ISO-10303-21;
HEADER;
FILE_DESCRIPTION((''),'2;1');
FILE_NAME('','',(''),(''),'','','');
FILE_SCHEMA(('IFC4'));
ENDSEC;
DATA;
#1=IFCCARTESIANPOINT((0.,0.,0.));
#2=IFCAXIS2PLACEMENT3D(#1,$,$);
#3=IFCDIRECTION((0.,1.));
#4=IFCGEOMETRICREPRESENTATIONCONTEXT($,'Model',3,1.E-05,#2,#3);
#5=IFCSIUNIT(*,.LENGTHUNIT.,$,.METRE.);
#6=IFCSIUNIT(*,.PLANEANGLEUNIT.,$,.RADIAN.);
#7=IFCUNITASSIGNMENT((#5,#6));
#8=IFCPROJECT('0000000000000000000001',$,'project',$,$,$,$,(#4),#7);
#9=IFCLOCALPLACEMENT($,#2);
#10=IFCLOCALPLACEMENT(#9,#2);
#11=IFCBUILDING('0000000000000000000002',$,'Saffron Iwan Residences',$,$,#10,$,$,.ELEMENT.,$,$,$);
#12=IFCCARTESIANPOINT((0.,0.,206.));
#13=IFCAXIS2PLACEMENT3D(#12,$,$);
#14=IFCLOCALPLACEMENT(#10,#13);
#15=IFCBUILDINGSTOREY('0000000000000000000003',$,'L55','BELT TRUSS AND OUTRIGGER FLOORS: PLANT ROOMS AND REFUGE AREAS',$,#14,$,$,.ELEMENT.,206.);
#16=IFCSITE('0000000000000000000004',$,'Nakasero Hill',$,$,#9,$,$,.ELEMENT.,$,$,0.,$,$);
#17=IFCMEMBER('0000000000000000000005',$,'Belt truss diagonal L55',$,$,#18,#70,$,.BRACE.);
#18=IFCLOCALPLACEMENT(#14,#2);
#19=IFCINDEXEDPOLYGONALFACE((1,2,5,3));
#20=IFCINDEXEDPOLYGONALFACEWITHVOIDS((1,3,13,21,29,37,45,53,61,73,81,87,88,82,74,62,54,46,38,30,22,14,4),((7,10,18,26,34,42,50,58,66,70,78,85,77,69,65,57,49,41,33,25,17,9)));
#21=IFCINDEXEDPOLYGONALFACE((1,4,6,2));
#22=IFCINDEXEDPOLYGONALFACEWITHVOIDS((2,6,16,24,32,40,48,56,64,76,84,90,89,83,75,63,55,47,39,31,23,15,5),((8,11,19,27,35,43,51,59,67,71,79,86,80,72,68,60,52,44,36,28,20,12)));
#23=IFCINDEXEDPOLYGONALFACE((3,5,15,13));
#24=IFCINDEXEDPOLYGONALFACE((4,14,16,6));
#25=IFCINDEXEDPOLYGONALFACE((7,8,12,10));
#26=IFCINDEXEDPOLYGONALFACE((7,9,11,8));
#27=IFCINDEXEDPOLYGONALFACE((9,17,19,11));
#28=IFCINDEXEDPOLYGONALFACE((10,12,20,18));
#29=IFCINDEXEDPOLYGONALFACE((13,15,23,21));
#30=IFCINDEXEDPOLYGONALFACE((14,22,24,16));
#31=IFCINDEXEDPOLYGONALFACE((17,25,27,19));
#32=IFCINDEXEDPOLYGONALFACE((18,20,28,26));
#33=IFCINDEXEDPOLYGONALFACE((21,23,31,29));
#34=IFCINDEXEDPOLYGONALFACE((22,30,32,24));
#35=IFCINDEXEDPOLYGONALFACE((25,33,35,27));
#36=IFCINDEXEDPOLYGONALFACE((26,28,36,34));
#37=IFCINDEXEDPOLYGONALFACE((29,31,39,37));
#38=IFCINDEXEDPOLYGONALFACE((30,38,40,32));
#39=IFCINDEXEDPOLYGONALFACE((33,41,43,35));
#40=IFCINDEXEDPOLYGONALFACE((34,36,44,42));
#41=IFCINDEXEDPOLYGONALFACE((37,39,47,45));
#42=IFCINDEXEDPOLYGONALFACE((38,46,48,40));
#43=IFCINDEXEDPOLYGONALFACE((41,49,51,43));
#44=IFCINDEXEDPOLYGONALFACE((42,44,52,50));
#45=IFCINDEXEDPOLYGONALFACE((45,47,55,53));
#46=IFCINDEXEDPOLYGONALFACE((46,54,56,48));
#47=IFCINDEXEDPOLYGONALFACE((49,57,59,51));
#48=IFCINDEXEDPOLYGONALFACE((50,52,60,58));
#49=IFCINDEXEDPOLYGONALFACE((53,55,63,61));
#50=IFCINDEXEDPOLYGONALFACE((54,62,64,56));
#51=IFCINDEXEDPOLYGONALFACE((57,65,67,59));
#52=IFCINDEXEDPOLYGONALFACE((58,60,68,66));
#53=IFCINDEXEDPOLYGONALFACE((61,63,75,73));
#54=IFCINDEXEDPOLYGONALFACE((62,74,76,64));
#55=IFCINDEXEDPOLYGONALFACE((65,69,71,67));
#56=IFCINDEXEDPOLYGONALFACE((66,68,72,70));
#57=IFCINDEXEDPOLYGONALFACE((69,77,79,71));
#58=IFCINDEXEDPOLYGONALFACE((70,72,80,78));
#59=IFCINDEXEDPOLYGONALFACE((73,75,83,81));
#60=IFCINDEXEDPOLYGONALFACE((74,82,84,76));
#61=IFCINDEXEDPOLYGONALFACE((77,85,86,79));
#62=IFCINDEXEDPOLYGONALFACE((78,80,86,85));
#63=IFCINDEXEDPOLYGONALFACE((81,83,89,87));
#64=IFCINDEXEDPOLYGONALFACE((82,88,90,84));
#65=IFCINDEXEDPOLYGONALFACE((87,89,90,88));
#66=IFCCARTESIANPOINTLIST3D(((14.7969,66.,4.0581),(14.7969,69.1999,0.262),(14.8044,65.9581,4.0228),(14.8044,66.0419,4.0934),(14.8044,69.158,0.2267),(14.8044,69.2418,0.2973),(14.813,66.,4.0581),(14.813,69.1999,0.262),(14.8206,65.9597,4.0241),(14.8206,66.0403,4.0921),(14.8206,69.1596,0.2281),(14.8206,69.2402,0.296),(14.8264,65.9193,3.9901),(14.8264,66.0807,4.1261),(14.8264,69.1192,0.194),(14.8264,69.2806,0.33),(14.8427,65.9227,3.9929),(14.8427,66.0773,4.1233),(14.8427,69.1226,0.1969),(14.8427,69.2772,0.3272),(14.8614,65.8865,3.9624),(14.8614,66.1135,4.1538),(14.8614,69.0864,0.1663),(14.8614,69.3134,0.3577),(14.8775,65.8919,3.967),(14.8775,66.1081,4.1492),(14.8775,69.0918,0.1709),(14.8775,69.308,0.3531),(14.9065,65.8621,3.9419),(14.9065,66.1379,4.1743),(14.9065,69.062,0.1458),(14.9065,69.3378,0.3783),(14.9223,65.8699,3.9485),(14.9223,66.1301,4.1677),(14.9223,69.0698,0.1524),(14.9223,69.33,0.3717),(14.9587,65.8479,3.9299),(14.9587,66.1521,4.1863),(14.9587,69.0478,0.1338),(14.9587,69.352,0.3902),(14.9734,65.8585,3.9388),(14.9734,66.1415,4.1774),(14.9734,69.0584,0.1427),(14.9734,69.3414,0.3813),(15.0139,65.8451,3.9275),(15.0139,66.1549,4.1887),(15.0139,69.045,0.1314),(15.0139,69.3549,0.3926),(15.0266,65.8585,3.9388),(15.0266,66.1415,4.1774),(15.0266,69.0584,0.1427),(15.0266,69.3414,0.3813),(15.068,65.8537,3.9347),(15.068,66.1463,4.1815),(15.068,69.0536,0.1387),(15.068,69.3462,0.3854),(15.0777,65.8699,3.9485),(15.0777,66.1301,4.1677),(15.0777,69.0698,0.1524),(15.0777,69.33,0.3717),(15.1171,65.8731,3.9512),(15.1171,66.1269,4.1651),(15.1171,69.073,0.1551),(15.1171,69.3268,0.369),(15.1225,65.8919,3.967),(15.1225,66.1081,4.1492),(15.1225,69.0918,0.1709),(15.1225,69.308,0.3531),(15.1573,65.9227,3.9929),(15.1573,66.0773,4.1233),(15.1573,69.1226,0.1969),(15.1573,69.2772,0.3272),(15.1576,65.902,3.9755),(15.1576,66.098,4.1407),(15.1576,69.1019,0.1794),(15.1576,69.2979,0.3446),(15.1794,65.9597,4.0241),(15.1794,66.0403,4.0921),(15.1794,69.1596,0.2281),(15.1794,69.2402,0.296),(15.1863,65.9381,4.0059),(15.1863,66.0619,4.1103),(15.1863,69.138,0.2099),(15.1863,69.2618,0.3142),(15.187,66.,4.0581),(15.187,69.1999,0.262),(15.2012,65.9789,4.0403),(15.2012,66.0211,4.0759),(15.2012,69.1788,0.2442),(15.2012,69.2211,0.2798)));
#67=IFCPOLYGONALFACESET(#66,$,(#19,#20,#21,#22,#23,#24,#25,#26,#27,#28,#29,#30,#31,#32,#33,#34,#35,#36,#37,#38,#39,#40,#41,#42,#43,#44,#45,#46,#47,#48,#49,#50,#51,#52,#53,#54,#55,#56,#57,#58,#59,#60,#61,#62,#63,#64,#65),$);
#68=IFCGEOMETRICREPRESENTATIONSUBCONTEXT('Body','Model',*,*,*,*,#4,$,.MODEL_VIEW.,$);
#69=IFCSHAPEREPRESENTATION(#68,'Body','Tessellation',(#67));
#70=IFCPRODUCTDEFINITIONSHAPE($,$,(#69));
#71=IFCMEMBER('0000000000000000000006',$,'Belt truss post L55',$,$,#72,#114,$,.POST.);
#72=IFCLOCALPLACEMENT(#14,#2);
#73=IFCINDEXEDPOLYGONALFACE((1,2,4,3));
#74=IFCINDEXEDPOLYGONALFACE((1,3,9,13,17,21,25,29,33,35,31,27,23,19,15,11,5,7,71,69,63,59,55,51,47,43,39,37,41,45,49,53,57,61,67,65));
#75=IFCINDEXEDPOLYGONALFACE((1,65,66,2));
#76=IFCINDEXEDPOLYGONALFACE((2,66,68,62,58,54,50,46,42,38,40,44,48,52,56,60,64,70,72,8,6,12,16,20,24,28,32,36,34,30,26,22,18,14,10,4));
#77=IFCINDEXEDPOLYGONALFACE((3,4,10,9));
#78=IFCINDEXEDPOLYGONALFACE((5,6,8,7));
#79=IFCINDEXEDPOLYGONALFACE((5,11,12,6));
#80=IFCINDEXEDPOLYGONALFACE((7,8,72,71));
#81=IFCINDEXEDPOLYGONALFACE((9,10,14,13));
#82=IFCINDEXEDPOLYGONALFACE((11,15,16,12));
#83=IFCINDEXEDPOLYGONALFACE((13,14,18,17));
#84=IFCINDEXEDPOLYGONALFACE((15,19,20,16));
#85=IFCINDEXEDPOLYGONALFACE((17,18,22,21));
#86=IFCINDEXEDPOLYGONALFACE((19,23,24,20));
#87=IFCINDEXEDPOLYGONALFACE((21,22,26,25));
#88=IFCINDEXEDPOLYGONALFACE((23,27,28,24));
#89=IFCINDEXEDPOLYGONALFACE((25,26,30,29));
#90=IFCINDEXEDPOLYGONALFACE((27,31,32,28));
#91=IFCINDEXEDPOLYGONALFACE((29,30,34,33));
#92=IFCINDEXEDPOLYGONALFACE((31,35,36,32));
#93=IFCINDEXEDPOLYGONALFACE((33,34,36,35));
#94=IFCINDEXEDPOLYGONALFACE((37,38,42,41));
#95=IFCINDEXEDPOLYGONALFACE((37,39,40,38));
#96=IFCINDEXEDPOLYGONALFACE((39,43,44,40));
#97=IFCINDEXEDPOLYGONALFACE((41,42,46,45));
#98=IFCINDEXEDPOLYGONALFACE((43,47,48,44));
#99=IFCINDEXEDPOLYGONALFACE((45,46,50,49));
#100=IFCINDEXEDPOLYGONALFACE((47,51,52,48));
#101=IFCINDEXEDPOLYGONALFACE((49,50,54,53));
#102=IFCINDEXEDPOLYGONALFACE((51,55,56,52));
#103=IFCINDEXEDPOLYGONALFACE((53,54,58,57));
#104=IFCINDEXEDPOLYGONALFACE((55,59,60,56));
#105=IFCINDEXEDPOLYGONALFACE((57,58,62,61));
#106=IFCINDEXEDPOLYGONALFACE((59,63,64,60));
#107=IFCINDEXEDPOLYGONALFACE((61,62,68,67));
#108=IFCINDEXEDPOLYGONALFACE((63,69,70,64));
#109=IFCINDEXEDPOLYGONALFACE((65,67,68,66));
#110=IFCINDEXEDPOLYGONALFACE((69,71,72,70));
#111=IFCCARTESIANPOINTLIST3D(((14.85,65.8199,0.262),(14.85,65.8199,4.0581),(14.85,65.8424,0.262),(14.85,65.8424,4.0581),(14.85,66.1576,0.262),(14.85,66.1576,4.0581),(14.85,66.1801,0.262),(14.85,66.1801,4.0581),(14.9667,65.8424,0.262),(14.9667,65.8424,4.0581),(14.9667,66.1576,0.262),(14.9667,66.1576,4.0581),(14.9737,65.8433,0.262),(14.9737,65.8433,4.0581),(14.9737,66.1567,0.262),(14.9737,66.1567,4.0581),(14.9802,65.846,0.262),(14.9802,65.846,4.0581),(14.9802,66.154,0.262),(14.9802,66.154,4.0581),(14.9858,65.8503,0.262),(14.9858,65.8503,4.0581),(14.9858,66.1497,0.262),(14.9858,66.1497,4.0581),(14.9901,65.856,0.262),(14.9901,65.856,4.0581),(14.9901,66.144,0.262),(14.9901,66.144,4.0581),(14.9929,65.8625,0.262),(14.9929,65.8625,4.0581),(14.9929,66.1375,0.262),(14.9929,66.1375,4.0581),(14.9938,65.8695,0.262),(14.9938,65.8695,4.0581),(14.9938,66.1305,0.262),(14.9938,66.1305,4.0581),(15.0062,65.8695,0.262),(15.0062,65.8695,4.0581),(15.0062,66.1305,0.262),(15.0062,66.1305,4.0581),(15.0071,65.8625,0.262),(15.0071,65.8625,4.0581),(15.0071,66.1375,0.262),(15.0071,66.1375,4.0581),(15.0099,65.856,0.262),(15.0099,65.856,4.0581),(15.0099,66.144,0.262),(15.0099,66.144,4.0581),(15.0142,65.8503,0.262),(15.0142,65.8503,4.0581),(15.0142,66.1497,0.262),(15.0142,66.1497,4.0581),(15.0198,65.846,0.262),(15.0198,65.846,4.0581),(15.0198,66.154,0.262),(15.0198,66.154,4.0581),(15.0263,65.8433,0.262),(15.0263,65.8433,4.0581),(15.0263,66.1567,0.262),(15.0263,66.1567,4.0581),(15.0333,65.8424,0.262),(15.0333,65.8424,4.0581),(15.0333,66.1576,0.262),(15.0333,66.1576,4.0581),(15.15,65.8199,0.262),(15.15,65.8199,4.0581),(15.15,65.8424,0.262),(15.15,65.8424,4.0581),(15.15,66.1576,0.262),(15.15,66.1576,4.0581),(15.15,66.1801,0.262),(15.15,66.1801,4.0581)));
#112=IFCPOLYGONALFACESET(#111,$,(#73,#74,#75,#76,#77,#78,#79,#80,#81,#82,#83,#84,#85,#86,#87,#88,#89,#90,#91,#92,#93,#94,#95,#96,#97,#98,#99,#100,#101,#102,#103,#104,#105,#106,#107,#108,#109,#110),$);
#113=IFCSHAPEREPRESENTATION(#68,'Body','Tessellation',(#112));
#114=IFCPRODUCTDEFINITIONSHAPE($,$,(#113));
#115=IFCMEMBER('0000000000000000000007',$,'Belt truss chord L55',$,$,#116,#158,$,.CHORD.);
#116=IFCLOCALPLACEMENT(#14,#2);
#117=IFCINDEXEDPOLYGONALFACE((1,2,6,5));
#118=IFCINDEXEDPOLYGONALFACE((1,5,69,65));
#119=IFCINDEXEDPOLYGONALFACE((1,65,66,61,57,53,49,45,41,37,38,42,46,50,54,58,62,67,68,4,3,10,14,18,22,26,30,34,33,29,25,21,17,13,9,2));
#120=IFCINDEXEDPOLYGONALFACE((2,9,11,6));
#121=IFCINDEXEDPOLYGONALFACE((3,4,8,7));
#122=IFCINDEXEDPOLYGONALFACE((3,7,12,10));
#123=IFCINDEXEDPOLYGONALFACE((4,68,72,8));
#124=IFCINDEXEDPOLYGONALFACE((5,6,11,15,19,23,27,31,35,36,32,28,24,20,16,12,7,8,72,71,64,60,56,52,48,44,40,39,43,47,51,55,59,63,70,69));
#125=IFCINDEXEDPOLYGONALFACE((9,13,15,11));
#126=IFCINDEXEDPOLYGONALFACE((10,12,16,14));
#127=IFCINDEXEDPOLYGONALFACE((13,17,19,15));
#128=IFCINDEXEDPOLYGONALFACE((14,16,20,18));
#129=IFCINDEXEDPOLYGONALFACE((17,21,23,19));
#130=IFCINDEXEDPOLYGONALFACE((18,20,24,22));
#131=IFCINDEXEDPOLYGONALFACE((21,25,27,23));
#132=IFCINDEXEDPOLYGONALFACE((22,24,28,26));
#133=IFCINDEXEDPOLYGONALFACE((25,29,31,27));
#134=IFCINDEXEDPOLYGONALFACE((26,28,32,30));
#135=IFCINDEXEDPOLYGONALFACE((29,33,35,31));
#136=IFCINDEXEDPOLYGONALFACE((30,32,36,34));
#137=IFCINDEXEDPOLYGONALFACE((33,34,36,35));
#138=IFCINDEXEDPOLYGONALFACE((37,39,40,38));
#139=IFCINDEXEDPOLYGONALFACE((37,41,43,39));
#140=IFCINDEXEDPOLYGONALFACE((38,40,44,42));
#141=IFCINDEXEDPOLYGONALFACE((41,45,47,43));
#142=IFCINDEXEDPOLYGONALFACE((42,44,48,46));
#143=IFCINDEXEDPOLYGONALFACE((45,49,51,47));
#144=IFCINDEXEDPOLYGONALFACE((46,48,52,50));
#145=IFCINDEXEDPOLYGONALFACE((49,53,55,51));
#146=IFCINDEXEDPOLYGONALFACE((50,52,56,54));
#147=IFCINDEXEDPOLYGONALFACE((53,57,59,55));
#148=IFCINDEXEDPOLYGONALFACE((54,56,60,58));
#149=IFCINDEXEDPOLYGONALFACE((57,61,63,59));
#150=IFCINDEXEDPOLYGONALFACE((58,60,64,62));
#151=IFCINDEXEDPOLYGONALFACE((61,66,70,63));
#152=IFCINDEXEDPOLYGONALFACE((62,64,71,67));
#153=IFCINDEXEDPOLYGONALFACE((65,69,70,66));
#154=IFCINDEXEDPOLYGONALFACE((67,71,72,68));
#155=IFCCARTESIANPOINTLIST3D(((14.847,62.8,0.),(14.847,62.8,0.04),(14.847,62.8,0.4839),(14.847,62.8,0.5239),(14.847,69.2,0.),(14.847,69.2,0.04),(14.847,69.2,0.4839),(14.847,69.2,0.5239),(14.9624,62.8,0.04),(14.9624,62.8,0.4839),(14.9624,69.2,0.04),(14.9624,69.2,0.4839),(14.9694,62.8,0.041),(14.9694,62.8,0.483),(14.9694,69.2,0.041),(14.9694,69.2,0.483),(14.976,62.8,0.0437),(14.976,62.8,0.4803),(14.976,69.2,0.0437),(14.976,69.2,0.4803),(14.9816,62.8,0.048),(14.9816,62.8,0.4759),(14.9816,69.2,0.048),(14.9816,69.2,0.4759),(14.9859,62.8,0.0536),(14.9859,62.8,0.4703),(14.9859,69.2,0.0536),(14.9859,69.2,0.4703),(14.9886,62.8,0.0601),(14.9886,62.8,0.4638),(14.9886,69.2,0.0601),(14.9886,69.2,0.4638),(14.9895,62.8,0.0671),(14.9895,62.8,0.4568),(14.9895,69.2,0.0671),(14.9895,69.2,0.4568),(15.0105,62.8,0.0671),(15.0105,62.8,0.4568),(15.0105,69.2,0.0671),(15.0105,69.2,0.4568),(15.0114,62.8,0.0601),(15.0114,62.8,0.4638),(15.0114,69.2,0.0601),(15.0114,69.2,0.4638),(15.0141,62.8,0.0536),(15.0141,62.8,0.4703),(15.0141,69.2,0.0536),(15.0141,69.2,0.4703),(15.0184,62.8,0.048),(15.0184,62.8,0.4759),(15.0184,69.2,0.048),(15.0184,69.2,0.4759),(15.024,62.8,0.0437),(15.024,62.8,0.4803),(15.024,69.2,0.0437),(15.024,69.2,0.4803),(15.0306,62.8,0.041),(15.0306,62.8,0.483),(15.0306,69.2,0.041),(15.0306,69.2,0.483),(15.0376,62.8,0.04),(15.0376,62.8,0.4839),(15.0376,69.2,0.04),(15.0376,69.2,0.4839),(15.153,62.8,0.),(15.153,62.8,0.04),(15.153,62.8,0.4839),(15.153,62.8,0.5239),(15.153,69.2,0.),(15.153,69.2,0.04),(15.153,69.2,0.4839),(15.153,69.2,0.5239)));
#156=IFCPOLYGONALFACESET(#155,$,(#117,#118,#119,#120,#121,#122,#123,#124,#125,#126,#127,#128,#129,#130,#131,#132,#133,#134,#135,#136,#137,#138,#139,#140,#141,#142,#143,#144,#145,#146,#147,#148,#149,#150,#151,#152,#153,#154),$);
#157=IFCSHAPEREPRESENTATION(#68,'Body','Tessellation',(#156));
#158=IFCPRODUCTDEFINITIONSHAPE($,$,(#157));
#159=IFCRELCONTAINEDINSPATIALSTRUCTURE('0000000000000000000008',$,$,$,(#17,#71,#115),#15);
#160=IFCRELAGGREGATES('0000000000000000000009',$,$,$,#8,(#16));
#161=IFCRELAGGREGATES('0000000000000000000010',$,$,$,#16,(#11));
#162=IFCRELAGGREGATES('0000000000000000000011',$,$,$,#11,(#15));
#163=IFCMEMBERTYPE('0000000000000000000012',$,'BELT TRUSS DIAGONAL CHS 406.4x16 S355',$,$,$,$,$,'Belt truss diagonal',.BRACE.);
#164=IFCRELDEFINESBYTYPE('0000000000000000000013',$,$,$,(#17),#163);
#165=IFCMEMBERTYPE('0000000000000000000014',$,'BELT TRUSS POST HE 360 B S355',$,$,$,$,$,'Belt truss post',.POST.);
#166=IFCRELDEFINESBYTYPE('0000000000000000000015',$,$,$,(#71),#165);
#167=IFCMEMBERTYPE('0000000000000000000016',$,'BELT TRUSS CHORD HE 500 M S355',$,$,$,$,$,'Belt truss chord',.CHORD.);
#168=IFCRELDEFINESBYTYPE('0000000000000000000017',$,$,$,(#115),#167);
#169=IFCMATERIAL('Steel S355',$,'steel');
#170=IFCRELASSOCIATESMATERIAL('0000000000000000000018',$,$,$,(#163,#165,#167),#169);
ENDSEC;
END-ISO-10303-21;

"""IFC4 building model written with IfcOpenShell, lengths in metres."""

from ifc_helpers import new_model, si_unit, direction, frame, origin, origin_2d, place, context, subcontext, project, spatial, hollow_circle, i_section, extrude, source, transform, mapped, material, material_profile, profile_set, type_object, element, save


model = new_model("IFC4")

# Units and contexts
model_context = context("Model", 3, precision=1e-05, world=origin(), true_north=direction((0.0, 1.0)))
body_context = subcontext(model_context, "Body", "Model", "MODEL_VIEW")
ifc_project = project(units=[si_unit("LENGTHUNIT", "METRE"), si_unit("PLANEANGLEUNIT", "RADIAN")], contexts=[model_context])

# Site, building, storey
site_placement = place(None, origin())
site = spatial("IfcSite", under=ifc_project, at=site_placement, Name="Nakasero Hill", CompositionType="ELEMENT", RefElevation=0.0)
building_placement = place(site_placement, origin())
building = spatial("IfcBuilding", under=site, at=building_placement, Name="Saffron Iwan Residences", CompositionType="ELEMENT")
storey_placement = place(building_placement, frame((0.0, 0.0, 206.0)))
storey = spatial("IfcBuildingStorey", under=building, at=storey_placement, Name="L55", Description="BELT TRUSS AND OUTRIGGER FLOORS: PLANT ROOMS AND REFUGE AREAS", CompositionType="ELEMENT", Elevation=206.0)

# Members
ifc_material_1 = material(Name="Steel S355", Category="steel")
ifc_material_profile_1 = material_profile(ifc_material_1, hollow_circle(Radius=0.2031, WallThickness=0.0161, at=origin_2d()), Name="CHS 406.4x16")
ifc_profile_set_1 = profile_set([ifc_material_profile_1], Name="Steel S355")
member_type_1 = type_object("IfcMemberType", Name="BELT TRUSS DIAGONAL CHS 406.4x16 S355", ElementType="Belt truss diagonal", PredefinedType="BRACE", material=ifc_profile_set_1)
shared_shape_1 = source(origin(), body_context, "Body", "SweptSolid", [
    extrude(hollow_circle(Radius=0.2031, WallThickness=0.0161, at=origin_2d()), origin(), (0.0, 0.0, 1.0), 4.9648),
])
for number, where, z_axis, x_axis, name in (
    (1, (15.0, 66.0, 4.0581), (0.0, 0.644513, -0.764594), (-1.0, 0.0, 0.0), "Belt truss diagonal L55"),
):
    element("IfcMember", number, at=place(storey_placement, frame(where, z_axis=z_axis, x_axis=x_axis)), inside=storey, type_object=member_type_1, Name=name, PredefinedType="BRACE", context=body_context, shape_type="MappedRepresentation", body=[
        mapped(shared_shape_1, transform((0.0, 0.0, 0.0))),
    ])
ifc_material_profile_2 = material_profile(ifc_material_1, i_section(OverallWidth=0.3, OverallDepth=0.3601, WebThickness=0.0125, FlangeThickness=0.0225, FilletRadius=0.0271, at=origin_2d()), Name="HE 360 B")
ifc_profile_set_2 = profile_set([ifc_material_profile_2], Name="Steel S355")
member_type_2 = type_object("IfcMemberType", Name="BELT TRUSS POST HE 360 B S355", ElementType="Belt truss post", PredefinedType="POST", material=ifc_profile_set_2)
shared_shape_2 = source(origin(), body_context, "Body", "SweptSolid", [
    extrude(i_section(OverallWidth=0.3, OverallDepth=0.3601, WebThickness=0.0125, FlangeThickness=0.0225, FilletRadius=0.0271, at=origin_2d()), origin(), (0.0, 0.0, 1.0), 3.7961),
])
member_1_placement = place(storey_placement, frame((15.0, 66.0, 0.262), z_axis=(0.0, 0.0, 1.0), x_axis=(1.0, 0.0, 0.0)))
element("IfcMember", 2, at=member_1_placement, inside=storey, type_object=member_type_2, Name="Belt truss post L55", PredefinedType="POST", context=body_context, shape_type="MappedRepresentation", body=[
    mapped(shared_shape_2, transform((0.0, 0.0, 0.0))),
])
ifc_material_profile_3 = material_profile(ifc_material_1, i_section(OverallWidth=0.3059, OverallDepth=0.5239, WebThickness=0.021, FlangeThickness=0.04, FilletRadius=0.0271, at=origin_2d()), Name="HE 500 M")
ifc_profile_set_3 = profile_set([ifc_material_profile_3], Name="Steel S355")
member_type_3 = type_object("IfcMemberType", Name="BELT TRUSS CHORD HE 500 M S355", ElementType="Belt truss chord", PredefinedType="CHORD", material=ifc_profile_set_3)
shared_shape_3 = source(origin(), body_context, "Body", "SweptSolid", [
    extrude(i_section(OverallWidth=0.3059, OverallDepth=0.5239, WebThickness=0.021, FlangeThickness=0.04, FilletRadius=0.0271, at=origin_2d()), origin(), (0.0, 0.0, 1.0), 6.3999),
])
for number, where, z_axis, x_axis, name in (
    (3, (15.0, 62.8, 0.262), (0.0, 1.0, 0.0), (-1.0, 0.0, 0.0), "Belt truss chord L55"),
):
    element("IfcMember", number, at=place(storey_placement, frame(where, z_axis=z_axis, x_axis=x_axis)), inside=storey, type_object=member_type_3, Name=name, PredefinedType="CHORD", context=body_context, shape_type="MappedRepresentation", body=[
        mapped(shared_shape_3, transform((0.0, 0.0, 0.0))),
    ])

save(model, "model.ifc")
